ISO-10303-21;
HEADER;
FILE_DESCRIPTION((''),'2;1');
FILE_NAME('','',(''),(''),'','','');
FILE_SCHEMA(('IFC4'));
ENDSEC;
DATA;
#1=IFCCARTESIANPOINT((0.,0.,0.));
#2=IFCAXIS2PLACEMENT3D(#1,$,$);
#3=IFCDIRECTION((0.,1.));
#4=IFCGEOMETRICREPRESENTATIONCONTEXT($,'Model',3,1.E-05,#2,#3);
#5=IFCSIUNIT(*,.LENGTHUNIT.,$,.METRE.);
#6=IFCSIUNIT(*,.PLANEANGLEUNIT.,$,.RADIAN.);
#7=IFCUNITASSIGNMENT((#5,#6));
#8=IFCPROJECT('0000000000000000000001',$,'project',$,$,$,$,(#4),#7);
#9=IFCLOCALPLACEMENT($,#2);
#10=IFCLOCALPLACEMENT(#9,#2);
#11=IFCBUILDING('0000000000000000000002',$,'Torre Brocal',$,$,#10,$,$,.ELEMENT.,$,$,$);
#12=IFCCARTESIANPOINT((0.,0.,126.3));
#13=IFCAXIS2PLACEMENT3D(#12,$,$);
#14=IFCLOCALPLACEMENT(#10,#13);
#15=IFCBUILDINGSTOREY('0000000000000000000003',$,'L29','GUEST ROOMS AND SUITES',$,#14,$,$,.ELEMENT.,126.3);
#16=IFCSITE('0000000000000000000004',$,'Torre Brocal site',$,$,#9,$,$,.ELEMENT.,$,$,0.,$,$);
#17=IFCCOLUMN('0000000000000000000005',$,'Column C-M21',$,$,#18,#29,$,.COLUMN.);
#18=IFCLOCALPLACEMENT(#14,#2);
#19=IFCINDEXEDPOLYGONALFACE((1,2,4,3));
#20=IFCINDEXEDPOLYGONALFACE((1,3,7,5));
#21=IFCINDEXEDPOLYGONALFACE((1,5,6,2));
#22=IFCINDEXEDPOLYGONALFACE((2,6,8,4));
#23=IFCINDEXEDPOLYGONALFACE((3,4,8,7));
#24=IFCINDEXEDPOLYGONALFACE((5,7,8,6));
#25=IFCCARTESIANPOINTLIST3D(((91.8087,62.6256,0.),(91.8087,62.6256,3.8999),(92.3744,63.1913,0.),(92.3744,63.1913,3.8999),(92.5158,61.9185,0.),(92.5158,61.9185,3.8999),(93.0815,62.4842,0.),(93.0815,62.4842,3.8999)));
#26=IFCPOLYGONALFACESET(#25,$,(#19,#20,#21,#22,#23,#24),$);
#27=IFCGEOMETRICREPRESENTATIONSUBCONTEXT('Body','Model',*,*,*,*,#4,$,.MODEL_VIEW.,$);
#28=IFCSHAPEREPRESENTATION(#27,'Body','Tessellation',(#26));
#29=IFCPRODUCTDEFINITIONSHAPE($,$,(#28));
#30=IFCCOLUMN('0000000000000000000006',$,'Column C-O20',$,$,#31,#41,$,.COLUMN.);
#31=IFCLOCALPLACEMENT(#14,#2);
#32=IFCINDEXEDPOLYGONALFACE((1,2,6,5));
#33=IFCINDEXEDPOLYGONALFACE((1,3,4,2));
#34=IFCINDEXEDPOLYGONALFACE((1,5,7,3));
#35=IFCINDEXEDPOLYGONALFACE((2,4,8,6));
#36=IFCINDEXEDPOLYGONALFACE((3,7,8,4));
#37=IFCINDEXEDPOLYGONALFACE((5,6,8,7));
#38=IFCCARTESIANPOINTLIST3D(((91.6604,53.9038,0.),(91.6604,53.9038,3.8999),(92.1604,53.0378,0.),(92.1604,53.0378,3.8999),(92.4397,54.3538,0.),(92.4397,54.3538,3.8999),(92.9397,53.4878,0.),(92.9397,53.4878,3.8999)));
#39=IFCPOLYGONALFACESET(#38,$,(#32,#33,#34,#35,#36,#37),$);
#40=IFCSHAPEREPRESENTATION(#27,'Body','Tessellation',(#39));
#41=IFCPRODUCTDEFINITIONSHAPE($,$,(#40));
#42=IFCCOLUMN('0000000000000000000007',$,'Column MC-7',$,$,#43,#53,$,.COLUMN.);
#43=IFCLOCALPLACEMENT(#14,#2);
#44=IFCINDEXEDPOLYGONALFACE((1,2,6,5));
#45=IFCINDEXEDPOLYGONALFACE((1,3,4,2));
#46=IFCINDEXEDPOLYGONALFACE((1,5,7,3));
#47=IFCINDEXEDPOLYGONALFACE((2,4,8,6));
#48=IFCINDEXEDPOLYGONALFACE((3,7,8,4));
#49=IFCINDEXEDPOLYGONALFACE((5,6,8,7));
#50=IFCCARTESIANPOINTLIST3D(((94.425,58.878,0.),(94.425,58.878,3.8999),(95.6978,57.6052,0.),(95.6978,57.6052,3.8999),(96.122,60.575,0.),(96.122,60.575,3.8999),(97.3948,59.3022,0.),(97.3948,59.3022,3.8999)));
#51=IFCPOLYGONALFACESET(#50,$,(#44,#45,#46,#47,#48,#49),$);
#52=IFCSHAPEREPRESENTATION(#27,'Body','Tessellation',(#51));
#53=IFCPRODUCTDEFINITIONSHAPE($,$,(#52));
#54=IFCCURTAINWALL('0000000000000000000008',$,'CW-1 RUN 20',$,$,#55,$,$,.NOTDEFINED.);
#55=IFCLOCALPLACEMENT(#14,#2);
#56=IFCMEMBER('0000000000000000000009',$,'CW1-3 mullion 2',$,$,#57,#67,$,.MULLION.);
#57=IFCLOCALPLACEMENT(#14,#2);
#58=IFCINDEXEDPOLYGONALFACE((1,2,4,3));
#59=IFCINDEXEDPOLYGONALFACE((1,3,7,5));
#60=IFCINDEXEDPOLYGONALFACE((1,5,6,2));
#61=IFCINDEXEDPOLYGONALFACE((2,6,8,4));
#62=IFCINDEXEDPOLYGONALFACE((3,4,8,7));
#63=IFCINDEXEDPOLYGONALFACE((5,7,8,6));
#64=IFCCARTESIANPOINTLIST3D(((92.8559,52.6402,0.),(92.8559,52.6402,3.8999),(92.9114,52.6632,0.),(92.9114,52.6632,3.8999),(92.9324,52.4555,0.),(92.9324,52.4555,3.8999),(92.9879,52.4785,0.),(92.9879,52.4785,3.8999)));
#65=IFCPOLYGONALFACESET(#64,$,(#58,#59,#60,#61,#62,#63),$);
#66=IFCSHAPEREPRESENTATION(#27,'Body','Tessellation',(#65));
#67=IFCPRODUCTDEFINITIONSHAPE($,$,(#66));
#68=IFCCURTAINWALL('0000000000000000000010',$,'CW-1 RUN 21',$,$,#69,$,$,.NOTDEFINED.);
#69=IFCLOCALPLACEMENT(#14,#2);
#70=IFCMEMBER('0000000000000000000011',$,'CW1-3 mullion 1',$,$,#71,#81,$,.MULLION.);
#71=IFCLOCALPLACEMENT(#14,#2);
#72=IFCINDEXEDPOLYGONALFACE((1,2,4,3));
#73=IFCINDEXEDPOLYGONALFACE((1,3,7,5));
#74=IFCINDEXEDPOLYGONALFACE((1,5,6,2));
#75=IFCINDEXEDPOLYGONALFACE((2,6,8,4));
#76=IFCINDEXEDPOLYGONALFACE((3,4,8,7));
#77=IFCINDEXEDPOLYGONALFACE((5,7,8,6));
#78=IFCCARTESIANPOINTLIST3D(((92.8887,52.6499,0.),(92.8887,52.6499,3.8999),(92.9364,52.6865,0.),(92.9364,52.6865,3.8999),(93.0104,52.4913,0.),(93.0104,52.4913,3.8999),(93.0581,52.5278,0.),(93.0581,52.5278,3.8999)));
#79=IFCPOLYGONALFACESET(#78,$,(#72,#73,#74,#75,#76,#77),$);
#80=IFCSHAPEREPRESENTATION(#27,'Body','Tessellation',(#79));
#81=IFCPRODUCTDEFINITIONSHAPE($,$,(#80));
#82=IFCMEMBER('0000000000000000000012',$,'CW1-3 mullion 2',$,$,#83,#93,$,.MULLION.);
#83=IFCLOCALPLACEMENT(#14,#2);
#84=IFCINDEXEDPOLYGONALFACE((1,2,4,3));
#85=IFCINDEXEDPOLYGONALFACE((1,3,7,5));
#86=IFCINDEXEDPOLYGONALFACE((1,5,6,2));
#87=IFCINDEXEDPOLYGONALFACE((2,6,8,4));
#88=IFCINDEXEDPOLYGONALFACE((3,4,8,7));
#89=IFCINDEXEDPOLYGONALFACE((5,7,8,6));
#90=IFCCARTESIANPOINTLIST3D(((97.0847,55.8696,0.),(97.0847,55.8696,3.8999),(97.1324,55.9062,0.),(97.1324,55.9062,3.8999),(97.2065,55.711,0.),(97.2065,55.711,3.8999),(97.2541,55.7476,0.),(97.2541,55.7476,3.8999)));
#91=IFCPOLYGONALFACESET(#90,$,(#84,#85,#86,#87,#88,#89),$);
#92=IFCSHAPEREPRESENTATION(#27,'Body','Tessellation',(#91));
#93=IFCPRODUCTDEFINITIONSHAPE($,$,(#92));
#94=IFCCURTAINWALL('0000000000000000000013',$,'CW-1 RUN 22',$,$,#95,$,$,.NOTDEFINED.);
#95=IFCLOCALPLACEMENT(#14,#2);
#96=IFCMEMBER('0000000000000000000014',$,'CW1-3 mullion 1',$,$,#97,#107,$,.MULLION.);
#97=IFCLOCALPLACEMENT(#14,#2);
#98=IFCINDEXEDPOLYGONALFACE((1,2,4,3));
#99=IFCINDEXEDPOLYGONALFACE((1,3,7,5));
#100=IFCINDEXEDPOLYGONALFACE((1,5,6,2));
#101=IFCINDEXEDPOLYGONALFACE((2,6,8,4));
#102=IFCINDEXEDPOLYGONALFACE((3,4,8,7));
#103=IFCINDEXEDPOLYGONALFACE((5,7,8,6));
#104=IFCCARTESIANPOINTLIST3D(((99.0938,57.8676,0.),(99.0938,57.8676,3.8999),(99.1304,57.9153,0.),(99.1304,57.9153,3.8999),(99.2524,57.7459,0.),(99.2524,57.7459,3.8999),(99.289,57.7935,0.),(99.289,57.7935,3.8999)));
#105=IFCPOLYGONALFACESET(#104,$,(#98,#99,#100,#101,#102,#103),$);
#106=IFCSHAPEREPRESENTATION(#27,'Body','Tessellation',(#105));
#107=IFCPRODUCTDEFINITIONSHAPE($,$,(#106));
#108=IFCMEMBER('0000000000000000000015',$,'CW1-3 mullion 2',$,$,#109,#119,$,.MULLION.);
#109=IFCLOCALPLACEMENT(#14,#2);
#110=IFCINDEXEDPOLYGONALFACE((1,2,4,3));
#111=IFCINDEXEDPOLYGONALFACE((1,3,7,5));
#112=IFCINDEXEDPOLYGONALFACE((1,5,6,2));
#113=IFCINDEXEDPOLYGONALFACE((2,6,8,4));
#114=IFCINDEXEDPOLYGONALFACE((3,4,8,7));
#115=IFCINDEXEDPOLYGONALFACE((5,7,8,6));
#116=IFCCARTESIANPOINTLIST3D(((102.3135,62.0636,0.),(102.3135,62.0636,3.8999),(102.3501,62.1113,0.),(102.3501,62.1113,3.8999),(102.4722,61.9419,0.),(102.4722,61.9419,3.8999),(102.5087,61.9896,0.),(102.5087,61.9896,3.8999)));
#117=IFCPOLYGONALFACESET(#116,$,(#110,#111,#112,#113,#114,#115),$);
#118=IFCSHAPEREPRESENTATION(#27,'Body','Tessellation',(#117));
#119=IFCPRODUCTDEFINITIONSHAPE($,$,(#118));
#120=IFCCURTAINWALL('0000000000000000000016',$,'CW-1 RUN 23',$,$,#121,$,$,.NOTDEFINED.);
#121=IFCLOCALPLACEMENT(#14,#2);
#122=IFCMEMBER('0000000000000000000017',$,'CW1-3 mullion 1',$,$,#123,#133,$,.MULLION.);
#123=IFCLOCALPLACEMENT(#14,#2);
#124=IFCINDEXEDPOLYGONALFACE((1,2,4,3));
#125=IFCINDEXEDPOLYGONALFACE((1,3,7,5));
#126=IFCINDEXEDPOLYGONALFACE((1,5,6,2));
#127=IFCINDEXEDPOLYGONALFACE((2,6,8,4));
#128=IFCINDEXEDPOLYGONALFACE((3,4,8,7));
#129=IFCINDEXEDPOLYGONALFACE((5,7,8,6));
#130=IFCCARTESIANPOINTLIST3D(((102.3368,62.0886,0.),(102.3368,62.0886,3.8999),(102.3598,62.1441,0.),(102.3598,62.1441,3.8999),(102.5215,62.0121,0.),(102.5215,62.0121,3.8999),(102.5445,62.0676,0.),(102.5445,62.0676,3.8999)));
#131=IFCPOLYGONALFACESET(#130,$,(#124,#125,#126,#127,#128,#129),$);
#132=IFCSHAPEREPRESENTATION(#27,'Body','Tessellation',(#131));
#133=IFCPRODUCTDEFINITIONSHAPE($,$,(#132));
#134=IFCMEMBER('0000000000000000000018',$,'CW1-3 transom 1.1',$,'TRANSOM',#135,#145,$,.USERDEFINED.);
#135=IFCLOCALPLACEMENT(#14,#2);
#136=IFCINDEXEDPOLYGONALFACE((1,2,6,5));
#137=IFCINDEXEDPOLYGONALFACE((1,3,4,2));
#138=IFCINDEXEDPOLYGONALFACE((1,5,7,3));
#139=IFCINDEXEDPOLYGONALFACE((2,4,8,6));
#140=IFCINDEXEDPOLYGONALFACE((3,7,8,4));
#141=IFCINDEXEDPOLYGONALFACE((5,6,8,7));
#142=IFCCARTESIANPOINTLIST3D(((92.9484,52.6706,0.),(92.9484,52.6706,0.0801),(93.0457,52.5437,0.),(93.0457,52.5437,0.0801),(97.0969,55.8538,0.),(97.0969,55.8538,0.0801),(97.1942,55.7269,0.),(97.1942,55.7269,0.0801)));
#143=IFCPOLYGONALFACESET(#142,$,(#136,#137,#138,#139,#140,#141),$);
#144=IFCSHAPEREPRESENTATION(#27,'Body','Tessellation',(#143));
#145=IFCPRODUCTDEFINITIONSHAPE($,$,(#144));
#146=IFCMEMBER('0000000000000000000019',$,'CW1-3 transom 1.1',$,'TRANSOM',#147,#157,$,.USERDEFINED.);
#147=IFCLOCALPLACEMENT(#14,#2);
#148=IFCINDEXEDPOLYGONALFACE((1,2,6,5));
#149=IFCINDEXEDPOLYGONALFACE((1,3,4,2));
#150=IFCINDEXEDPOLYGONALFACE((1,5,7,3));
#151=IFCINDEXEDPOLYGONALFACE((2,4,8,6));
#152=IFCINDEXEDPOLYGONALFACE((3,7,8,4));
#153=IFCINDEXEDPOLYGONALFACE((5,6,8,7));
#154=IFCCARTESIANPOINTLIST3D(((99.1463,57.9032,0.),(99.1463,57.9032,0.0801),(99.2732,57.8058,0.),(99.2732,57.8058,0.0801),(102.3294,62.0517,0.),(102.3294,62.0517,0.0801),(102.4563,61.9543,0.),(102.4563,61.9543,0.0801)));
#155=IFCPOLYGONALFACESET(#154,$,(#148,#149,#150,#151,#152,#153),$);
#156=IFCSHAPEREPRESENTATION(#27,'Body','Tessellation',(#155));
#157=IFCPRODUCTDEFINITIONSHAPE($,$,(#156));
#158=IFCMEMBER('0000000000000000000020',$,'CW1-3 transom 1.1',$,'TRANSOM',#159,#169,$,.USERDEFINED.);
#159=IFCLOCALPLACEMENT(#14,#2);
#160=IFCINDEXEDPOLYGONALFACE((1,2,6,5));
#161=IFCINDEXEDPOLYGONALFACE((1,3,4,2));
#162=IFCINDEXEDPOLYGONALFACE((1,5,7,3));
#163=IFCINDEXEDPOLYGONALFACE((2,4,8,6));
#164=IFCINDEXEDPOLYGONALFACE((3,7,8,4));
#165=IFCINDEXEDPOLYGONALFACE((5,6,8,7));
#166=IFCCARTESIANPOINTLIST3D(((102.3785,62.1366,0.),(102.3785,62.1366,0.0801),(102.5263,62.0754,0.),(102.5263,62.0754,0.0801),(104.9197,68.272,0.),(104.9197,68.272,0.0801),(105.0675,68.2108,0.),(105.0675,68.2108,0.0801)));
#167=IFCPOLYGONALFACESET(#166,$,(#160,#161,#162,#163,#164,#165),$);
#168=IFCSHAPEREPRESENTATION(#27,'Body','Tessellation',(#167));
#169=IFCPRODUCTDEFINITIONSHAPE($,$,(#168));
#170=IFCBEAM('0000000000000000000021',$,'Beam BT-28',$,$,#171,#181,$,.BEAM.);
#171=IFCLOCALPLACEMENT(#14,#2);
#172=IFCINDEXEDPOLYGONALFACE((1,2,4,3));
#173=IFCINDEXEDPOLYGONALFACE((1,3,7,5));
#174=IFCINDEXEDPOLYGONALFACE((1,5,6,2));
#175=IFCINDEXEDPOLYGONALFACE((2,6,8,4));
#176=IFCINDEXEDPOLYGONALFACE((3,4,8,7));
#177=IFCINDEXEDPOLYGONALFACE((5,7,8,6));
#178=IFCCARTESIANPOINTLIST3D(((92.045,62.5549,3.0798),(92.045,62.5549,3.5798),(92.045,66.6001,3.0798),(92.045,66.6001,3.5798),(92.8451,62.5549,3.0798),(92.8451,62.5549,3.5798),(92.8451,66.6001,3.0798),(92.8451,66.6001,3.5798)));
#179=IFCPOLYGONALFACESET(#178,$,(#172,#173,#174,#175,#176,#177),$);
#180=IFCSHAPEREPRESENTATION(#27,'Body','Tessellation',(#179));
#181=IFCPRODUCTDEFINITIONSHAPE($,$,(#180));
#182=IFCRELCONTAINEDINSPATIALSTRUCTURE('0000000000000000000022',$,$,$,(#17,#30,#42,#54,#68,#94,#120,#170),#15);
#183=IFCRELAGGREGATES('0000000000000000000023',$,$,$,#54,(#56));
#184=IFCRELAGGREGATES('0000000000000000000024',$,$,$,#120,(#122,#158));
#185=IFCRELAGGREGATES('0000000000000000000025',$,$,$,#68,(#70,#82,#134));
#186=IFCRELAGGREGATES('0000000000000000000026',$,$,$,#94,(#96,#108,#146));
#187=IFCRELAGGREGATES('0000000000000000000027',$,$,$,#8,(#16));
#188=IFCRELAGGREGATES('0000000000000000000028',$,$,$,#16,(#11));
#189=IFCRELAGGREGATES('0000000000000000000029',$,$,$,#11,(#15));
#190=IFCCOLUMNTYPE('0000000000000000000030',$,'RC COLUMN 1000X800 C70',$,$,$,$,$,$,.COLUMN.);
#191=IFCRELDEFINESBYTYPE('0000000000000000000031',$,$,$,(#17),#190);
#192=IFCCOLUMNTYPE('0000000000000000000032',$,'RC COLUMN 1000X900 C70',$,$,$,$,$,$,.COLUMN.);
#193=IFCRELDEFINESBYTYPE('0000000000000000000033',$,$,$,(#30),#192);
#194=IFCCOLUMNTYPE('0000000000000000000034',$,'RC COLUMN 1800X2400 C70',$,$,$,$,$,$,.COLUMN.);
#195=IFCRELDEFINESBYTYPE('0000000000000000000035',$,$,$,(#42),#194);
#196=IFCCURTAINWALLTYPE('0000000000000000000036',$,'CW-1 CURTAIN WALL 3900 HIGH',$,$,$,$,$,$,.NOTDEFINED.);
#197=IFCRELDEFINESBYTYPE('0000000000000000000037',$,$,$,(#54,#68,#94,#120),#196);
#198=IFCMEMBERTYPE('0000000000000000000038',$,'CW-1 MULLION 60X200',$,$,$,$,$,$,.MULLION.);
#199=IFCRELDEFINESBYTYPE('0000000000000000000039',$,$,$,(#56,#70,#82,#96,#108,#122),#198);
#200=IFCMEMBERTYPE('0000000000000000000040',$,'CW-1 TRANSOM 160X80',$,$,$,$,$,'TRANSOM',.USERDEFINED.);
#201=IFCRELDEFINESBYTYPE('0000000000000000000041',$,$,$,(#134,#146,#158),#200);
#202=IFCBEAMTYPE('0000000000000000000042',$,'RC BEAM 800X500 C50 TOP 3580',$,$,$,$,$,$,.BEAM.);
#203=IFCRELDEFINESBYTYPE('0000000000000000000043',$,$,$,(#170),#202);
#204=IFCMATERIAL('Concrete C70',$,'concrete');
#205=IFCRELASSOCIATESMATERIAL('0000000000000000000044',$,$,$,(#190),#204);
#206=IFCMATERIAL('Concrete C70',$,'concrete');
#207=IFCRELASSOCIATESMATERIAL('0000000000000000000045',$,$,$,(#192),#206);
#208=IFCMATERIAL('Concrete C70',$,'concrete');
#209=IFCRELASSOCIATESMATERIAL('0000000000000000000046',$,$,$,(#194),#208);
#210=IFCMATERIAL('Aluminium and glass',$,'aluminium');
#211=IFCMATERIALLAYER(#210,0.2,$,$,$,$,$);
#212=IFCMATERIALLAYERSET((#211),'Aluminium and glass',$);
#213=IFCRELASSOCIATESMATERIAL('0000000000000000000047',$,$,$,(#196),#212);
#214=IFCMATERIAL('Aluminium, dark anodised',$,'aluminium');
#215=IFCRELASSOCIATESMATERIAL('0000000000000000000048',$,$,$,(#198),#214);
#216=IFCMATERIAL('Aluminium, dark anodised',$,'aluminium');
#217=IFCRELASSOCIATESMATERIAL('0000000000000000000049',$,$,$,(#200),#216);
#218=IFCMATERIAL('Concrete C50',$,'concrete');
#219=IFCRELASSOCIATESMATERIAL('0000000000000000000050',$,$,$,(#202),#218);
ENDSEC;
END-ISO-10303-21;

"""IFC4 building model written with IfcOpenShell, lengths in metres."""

from ifc_helpers import new_model, si_unit, direction, frame, origin, origin_2d, place, context, subcontext, project, spatial, rectangle, extrude, material, layer, layer_set, material_profile, profile_set, type_object, element, aggregate, save


model = new_model("IFC4")

# Units and contexts
model_context = context("Model", 3, precision=1e-05, world=origin(), true_north=direction((0.0, 1.0)))
body_context = subcontext(model_context, "Body", "Model", "MODEL_VIEW")
ifc_project = project(units=[si_unit("LENGTHUNIT", "METRE"), si_unit("PLANEANGLEUNIT", "RADIAN")], contexts=[model_context])

# Site, building, storey
site_placement = place(None, origin())
site = spatial("IfcSite", under=ifc_project, at=site_placement, Name="Torre Brocal site", CompositionType="ELEMENT", RefElevation=0.0)
building_placement = place(site_placement, origin())
building = spatial("IfcBuilding", under=site, at=building_placement, Name="Torre Brocal", CompositionType="ELEMENT")
storey_placement = place(building_placement, frame((0.0, 0.0, 126.3)))
storey = spatial("IfcBuildingStorey", under=building, at=storey_placement, Name="L29", Description="GUEST ROOMS AND SUITES", CompositionType="ELEMENT", Elevation=126.3)

# Columns
ifc_material_1 = material(Name="Concrete C70", Category="concrete")
ifc_material_profile_1 = material_profile(ifc_material_1, rectangle(XDim=1.0, YDim=0.8, at=origin_2d()), Name="RC 1000X800")
ifc_profile_set_1 = profile_set([ifc_material_profile_1], Name="Concrete C70")
column_type_1 = type_object("IfcColumnType", Name="RC COLUMN 1000X800 C70", PredefinedType="COLUMN", material=ifc_profile_set_1)
column_1_placement = place(storey_placement, frame((92.4451, 62.5549, 0.0), z_axis=(0.0, 0.0, 1.0), x_axis=(0.707107, -0.707107, 0.0)))
element("IfcColumn", 1, at=column_1_placement, inside=storey, type_object=column_type_1, Name="Column C-M21", PredefinedType="COLUMN", context=body_context, shape_type="SweptSolid", body=[
    extrude(rectangle(XDim=1.0, YDim=0.8, at=origin_2d()), origin(), (0.0, 0.0, 1.0), 3.8999),
])
ifc_material_2 = material(Name="Concrete C70", Category="concrete")
ifc_material_profile_2 = material_profile(ifc_material_2, rectangle(XDim=1.0, YDim=0.8999, at=origin_2d()), Name="RC 1000X900")
ifc_profile_set_2 = profile_set([ifc_material_profile_2], Name="Concrete C70")
column_type_2 = type_object("IfcColumnType", Name="RC COLUMN 1000X900 C70", PredefinedType="COLUMN", material=ifc_profile_set_2)
column_2_placement = place(storey_placement, frame((92.3, 53.6958, 0.0), z_axis=(0.0, 0.0, 1.0), x_axis=(0.5, -0.866025, 0.0)))
element("IfcColumn", 2, at=column_2_placement, inside=storey, type_object=column_type_2, Name="Column C-O20", PredefinedType="COLUMN", context=body_context, shape_type="SweptSolid", body=[
    extrude(rectangle(XDim=1.0, YDim=0.8999, at=origin_2d()), origin(), (0.0, 0.0, 1.0), 3.8999),
])
ifc_material_3 = material(Name="Concrete C70", Category="concrete")
ifc_material_profile_3 = material_profile(ifc_material_3, rectangle(XDim=1.8, YDim=2.3999, at=origin_2d()), Name="RC 1800X2400")
ifc_profile_set_3 = profile_set([ifc_material_profile_3], Name="Concrete C70")
column_type_3 = type_object("IfcColumnType", Name="RC COLUMN 1800X2400 C70", PredefinedType="COLUMN", material=ifc_profile_set_3)
column_3_placement = place(storey_placement, frame((95.9099, 59.0901, 0.0), z_axis=(0.0, 0.0, 1.0), x_axis=(0.707107, -0.707107, 0.0)))
element("IfcColumn", 3, at=column_3_placement, inside=storey, type_object=column_type_3, Name="Column MC-7", PredefinedType="COLUMN", context=body_context, shape_type="SweptSolid", body=[
    extrude(rectangle(XDim=1.8, YDim=2.3999, at=origin_2d()), origin(), (0.0, 0.0, 1.0), 3.8999),
])

# Curtain wall, member
ifc_material_4 = material(Name="Aluminium and glass", Category="aluminium")
ifc_layer_1 = layer(ifc_material_4, 0.2)
ifc_layer_set_1 = layer_set([ifc_layer_1], Name="Aluminium and glass")
curtain_wall_type = type_object("IfcCurtainWallType", Name="CW-1 CURTAIN WALL 3900 HIGH", PredefinedType="NOTDEFINED", material=ifc_layer_set_1)
curtain_wall_1_placement = place(storey_placement, origin())
curtain_wall_1 = element("IfcCurtainWall", 4, at=curtain_wall_1_placement, inside=storey, type_object=curtain_wall_type, Name="CW-1 RUN 20", PredefinedType="NOTDEFINED")
ifc_material_5 = material(Name="Aluminium, dark anodised", Category="aluminium")
ifc_material_profile_4 = material_profile(ifc_material_5, rectangle(XDim=0.2, YDim=0.0601, at=origin_2d()), Name="CW-1 MULLION 60X200")
ifc_profile_set_4 = profile_set([ifc_material_profile_4], Name="Aluminium, dark anodised")
member_type_1 = type_object("IfcMemberType", Name="CW-1 MULLION 60X200", PredefinedType="MULLION", material=ifc_profile_set_4)
member_1_placement = place(storey_placement, frame((92.9219, 52.5593, 0.0), z_axis=(0.0, 0.0, 1.0), x_axis=(-0.382683, 0.92388, 0.0)))
member_1 = element("IfcMember", 5, at=member_1_placement, type_object=member_type_1, Name="CW1-3 mullion 2", PredefinedType="MULLION", context=body_context, shape_type="SweptSolid", body=[
    extrude(rectangle(XDim=0.2, YDim=0.0601, at=origin_2d()), origin(), (0.0, 0.0, 1.0), 3.8999),
])
aggregate(curtain_wall_1, [member_1])

# Curtain walls, members
curtain_wall_2_placement = place(storey_placement, origin())
curtain_wall_2 = element("IfcCurtainWall", 6, at=curtain_wall_2_placement, inside=storey, type_object=curtain_wall_type, Name="CW-1 RUN 21", PredefinedType="NOTDEFINED")
member_2_placement = place(storey_placement, frame((92.9734, 52.5889, 0.0), z_axis=(0.0, 0.0, 1.0), x_axis=(-0.608761, 0.793353, 0.0)))
member_2 = element("IfcMember", 7, at=member_2_placement, type_object=member_type_1, Name="CW1-3 mullion 1", PredefinedType="MULLION", context=body_context, shape_type="SweptSolid", body=[
    extrude(rectangle(XDim=0.2, YDim=0.0601, at=origin_2d()), origin(), (0.0, 0.0, 1.0), 3.8999),
])
member_3_placement = place(storey_placement, frame((97.1694, 55.8086, 0.0), z_axis=(0.0, 0.0, 1.0), x_axis=(-0.608761, 0.793353, 0.0)))
member_3 = element("IfcMember", 8, at=member_3_placement, type_object=member_type_1, Name="CW1-3 mullion 2", PredefinedType="MULLION", context=body_context, shape_type="SweptSolid", body=[
    extrude(rectangle(XDim=0.2, YDim=0.0601, at=origin_2d()), origin(), (0.0, 0.0, 1.0), 3.8999),
])
curtain_wall_3_placement = place(storey_placement, origin())
curtain_wall_3 = element("IfcCurtainWall", 9, at=curtain_wall_3_placement, inside=storey, type_object=curtain_wall_type, Name="CW-1 RUN 22", PredefinedType="NOTDEFINED")
member_4_placement = place(storey_placement, frame((99.1914, 57.8306, 0.0), z_axis=(0.0, 0.0, 1.0), x_axis=(-0.793353, 0.608761, 0.0)))
member_4 = element("IfcMember", 10, at=member_4_placement, type_object=member_type_1, Name="CW1-3 mullion 1", PredefinedType="MULLION", context=body_context, shape_type="SweptSolid", body=[
    extrude(rectangle(XDim=0.2, YDim=0.0601, at=origin_2d()), origin(), (0.0, 0.0, 1.0), 3.8999),
])
member_5_placement = place(storey_placement, frame((102.4111, 62.0266, 0.0), z_axis=(0.0, 0.0, 1.0), x_axis=(-0.793353, 0.608761, 0.0)))
member_5 = element("IfcMember", 11, at=member_5_placement, type_object=member_type_1, Name="CW1-3 mullion 2", PredefinedType="MULLION", context=body_context, shape_type="SweptSolid", body=[
    extrude(rectangle(XDim=0.2, YDim=0.0601, at=origin_2d()), origin(), (0.0, 0.0, 1.0), 3.8999),
])

# Curtain wall, member
curtain_wall_4_placement = place(storey_placement, origin())
curtain_wall_4 = element("IfcCurtainWall", 12, at=curtain_wall_4_placement, inside=storey, type_object=curtain_wall_type, Name="CW-1 RUN 23", PredefinedType="NOTDEFINED")
member_6_placement = place(storey_placement, frame((102.4407, 62.0781, 0.0), z_axis=(0.0, 0.0, 1.0), x_axis=(-0.92388, 0.382683, 0.0)))
member_6 = element("IfcMember", 13, at=member_6_placement, type_object=member_type_1, Name="CW1-3 mullion 1", PredefinedType="MULLION", context=body_context, shape_type="SweptSolid", body=[
    extrude(rectangle(XDim=0.2, YDim=0.0601, at=origin_2d()), origin(), (0.0, 0.0, 1.0), 3.8999),
])

# Members
ifc_material_6 = material(Name="Aluminium, dark anodised", Category="aluminium")
ifc_material_profile_5 = material_profile(ifc_material_6, rectangle(XDim=0.1599, YDim=0.0801, at=origin_2d()), Name="CW-1 TRANSOM 160X80")
ifc_profile_set_5 = profile_set([ifc_material_profile_5], Name="Aluminium, dark anodised")
member_type_2 = type_object("IfcMemberType", Name="CW-1 TRANSOM 160X80", ElementType="TRANSOM", PredefinedType="USERDEFINED", material=ifc_profile_set_5)
member_7_placement = place(storey_placement, frame((92.9971, 52.6072, 0.04), z_axis=(0.793363, 0.608749, 0.0), x_axis=(-0.608749, 0.793363, 0.0)))
member_7 = element("IfcMember", 14, at=member_7_placement, type_object=member_type_2, Name="CW1-3 transom 1.1", ObjectType="TRANSOM", PredefinedType="USERDEFINED", context=body_context, shape_type="SweptSolid", body=[
    extrude(rectangle(XDim=0.1599, YDim=0.0801, at=origin_2d()), origin(), (0.0, 0.0, 1.0), 5.229),
])
member_8_placement = place(storey_placement, frame((99.2097, 57.8545, 0.04), z_axis=(0.608749, 0.793363, 0.0), x_axis=(-0.793363, 0.608749, 0.0)))
member_8 = element("IfcMember", 15, at=member_8_placement, type_object=member_type_2, Name="CW1-3 transom 1.1", ObjectType="TRANSOM", PredefinedType="USERDEFINED", context=body_context, shape_type="SweptSolid", body=[
    extrude(rectangle(XDim=0.1599, YDim=0.0801, at=origin_2d()), origin(), (0.0, 0.0, 1.0), 5.229),
])
member_9_placement = place(storey_placement, frame((102.4524, 62.106, 0.04), z_axis=(0.382665, 0.923887, 0.0), x_axis=(-0.923887, 0.382665, 0.0)))
member_9 = element("IfcMember", 16, at=member_9_placement, type_object=member_type_2, Name="CW1-3 transom 1.1", ObjectType="TRANSOM", PredefinedType="USERDEFINED", context=body_context, shape_type="SweptSolid", body=[
    extrude(rectangle(XDim=0.1599, YDim=0.0801, at=origin_2d()), origin(), (0.0, 0.0, 1.0), 6.6409),
])
aggregate(curtain_wall_4, [member_6, member_9])

# Beam
ifc_material_7 = material(Name="Concrete C50", Category="concrete")
ifc_material_profile_6 = material_profile(ifc_material_7, rectangle(XDim=0.8, YDim=0.5, at=origin_2d()), Name="RC 800X500")
ifc_profile_set_6 = profile_set([ifc_material_profile_6], Name="Concrete C50")
beam_type_1 = type_object("IfcBeamType", Name="RC BEAM 800X500 C50 TOP 3580", PredefinedType="BEAM", material=ifc_profile_set_6)
beam_placement = place(storey_placement, frame((92.4451, 62.5549, 3.3298), z_axis=(0.0, 1.0, 0.0), x_axis=(-1.0, 0.0, 0.0)))
element("IfcBeam", 17, at=beam_placement, inside=storey, type_object=beam_type_1, Name="Beam BT-28", PredefinedType="BEAM", context=body_context, shape_type="SweptSolid", body=[
    extrude(rectangle(XDim=0.8, YDim=0.5, at=origin_2d()), origin(), (0.0, 0.0, 1.0), 4.0452),
])

aggregate(curtain_wall_2, [member_2, member_3, member_7])
aggregate(curtain_wall_3, [member_4, member_5, member_8])

save(model, "model.ifc")
